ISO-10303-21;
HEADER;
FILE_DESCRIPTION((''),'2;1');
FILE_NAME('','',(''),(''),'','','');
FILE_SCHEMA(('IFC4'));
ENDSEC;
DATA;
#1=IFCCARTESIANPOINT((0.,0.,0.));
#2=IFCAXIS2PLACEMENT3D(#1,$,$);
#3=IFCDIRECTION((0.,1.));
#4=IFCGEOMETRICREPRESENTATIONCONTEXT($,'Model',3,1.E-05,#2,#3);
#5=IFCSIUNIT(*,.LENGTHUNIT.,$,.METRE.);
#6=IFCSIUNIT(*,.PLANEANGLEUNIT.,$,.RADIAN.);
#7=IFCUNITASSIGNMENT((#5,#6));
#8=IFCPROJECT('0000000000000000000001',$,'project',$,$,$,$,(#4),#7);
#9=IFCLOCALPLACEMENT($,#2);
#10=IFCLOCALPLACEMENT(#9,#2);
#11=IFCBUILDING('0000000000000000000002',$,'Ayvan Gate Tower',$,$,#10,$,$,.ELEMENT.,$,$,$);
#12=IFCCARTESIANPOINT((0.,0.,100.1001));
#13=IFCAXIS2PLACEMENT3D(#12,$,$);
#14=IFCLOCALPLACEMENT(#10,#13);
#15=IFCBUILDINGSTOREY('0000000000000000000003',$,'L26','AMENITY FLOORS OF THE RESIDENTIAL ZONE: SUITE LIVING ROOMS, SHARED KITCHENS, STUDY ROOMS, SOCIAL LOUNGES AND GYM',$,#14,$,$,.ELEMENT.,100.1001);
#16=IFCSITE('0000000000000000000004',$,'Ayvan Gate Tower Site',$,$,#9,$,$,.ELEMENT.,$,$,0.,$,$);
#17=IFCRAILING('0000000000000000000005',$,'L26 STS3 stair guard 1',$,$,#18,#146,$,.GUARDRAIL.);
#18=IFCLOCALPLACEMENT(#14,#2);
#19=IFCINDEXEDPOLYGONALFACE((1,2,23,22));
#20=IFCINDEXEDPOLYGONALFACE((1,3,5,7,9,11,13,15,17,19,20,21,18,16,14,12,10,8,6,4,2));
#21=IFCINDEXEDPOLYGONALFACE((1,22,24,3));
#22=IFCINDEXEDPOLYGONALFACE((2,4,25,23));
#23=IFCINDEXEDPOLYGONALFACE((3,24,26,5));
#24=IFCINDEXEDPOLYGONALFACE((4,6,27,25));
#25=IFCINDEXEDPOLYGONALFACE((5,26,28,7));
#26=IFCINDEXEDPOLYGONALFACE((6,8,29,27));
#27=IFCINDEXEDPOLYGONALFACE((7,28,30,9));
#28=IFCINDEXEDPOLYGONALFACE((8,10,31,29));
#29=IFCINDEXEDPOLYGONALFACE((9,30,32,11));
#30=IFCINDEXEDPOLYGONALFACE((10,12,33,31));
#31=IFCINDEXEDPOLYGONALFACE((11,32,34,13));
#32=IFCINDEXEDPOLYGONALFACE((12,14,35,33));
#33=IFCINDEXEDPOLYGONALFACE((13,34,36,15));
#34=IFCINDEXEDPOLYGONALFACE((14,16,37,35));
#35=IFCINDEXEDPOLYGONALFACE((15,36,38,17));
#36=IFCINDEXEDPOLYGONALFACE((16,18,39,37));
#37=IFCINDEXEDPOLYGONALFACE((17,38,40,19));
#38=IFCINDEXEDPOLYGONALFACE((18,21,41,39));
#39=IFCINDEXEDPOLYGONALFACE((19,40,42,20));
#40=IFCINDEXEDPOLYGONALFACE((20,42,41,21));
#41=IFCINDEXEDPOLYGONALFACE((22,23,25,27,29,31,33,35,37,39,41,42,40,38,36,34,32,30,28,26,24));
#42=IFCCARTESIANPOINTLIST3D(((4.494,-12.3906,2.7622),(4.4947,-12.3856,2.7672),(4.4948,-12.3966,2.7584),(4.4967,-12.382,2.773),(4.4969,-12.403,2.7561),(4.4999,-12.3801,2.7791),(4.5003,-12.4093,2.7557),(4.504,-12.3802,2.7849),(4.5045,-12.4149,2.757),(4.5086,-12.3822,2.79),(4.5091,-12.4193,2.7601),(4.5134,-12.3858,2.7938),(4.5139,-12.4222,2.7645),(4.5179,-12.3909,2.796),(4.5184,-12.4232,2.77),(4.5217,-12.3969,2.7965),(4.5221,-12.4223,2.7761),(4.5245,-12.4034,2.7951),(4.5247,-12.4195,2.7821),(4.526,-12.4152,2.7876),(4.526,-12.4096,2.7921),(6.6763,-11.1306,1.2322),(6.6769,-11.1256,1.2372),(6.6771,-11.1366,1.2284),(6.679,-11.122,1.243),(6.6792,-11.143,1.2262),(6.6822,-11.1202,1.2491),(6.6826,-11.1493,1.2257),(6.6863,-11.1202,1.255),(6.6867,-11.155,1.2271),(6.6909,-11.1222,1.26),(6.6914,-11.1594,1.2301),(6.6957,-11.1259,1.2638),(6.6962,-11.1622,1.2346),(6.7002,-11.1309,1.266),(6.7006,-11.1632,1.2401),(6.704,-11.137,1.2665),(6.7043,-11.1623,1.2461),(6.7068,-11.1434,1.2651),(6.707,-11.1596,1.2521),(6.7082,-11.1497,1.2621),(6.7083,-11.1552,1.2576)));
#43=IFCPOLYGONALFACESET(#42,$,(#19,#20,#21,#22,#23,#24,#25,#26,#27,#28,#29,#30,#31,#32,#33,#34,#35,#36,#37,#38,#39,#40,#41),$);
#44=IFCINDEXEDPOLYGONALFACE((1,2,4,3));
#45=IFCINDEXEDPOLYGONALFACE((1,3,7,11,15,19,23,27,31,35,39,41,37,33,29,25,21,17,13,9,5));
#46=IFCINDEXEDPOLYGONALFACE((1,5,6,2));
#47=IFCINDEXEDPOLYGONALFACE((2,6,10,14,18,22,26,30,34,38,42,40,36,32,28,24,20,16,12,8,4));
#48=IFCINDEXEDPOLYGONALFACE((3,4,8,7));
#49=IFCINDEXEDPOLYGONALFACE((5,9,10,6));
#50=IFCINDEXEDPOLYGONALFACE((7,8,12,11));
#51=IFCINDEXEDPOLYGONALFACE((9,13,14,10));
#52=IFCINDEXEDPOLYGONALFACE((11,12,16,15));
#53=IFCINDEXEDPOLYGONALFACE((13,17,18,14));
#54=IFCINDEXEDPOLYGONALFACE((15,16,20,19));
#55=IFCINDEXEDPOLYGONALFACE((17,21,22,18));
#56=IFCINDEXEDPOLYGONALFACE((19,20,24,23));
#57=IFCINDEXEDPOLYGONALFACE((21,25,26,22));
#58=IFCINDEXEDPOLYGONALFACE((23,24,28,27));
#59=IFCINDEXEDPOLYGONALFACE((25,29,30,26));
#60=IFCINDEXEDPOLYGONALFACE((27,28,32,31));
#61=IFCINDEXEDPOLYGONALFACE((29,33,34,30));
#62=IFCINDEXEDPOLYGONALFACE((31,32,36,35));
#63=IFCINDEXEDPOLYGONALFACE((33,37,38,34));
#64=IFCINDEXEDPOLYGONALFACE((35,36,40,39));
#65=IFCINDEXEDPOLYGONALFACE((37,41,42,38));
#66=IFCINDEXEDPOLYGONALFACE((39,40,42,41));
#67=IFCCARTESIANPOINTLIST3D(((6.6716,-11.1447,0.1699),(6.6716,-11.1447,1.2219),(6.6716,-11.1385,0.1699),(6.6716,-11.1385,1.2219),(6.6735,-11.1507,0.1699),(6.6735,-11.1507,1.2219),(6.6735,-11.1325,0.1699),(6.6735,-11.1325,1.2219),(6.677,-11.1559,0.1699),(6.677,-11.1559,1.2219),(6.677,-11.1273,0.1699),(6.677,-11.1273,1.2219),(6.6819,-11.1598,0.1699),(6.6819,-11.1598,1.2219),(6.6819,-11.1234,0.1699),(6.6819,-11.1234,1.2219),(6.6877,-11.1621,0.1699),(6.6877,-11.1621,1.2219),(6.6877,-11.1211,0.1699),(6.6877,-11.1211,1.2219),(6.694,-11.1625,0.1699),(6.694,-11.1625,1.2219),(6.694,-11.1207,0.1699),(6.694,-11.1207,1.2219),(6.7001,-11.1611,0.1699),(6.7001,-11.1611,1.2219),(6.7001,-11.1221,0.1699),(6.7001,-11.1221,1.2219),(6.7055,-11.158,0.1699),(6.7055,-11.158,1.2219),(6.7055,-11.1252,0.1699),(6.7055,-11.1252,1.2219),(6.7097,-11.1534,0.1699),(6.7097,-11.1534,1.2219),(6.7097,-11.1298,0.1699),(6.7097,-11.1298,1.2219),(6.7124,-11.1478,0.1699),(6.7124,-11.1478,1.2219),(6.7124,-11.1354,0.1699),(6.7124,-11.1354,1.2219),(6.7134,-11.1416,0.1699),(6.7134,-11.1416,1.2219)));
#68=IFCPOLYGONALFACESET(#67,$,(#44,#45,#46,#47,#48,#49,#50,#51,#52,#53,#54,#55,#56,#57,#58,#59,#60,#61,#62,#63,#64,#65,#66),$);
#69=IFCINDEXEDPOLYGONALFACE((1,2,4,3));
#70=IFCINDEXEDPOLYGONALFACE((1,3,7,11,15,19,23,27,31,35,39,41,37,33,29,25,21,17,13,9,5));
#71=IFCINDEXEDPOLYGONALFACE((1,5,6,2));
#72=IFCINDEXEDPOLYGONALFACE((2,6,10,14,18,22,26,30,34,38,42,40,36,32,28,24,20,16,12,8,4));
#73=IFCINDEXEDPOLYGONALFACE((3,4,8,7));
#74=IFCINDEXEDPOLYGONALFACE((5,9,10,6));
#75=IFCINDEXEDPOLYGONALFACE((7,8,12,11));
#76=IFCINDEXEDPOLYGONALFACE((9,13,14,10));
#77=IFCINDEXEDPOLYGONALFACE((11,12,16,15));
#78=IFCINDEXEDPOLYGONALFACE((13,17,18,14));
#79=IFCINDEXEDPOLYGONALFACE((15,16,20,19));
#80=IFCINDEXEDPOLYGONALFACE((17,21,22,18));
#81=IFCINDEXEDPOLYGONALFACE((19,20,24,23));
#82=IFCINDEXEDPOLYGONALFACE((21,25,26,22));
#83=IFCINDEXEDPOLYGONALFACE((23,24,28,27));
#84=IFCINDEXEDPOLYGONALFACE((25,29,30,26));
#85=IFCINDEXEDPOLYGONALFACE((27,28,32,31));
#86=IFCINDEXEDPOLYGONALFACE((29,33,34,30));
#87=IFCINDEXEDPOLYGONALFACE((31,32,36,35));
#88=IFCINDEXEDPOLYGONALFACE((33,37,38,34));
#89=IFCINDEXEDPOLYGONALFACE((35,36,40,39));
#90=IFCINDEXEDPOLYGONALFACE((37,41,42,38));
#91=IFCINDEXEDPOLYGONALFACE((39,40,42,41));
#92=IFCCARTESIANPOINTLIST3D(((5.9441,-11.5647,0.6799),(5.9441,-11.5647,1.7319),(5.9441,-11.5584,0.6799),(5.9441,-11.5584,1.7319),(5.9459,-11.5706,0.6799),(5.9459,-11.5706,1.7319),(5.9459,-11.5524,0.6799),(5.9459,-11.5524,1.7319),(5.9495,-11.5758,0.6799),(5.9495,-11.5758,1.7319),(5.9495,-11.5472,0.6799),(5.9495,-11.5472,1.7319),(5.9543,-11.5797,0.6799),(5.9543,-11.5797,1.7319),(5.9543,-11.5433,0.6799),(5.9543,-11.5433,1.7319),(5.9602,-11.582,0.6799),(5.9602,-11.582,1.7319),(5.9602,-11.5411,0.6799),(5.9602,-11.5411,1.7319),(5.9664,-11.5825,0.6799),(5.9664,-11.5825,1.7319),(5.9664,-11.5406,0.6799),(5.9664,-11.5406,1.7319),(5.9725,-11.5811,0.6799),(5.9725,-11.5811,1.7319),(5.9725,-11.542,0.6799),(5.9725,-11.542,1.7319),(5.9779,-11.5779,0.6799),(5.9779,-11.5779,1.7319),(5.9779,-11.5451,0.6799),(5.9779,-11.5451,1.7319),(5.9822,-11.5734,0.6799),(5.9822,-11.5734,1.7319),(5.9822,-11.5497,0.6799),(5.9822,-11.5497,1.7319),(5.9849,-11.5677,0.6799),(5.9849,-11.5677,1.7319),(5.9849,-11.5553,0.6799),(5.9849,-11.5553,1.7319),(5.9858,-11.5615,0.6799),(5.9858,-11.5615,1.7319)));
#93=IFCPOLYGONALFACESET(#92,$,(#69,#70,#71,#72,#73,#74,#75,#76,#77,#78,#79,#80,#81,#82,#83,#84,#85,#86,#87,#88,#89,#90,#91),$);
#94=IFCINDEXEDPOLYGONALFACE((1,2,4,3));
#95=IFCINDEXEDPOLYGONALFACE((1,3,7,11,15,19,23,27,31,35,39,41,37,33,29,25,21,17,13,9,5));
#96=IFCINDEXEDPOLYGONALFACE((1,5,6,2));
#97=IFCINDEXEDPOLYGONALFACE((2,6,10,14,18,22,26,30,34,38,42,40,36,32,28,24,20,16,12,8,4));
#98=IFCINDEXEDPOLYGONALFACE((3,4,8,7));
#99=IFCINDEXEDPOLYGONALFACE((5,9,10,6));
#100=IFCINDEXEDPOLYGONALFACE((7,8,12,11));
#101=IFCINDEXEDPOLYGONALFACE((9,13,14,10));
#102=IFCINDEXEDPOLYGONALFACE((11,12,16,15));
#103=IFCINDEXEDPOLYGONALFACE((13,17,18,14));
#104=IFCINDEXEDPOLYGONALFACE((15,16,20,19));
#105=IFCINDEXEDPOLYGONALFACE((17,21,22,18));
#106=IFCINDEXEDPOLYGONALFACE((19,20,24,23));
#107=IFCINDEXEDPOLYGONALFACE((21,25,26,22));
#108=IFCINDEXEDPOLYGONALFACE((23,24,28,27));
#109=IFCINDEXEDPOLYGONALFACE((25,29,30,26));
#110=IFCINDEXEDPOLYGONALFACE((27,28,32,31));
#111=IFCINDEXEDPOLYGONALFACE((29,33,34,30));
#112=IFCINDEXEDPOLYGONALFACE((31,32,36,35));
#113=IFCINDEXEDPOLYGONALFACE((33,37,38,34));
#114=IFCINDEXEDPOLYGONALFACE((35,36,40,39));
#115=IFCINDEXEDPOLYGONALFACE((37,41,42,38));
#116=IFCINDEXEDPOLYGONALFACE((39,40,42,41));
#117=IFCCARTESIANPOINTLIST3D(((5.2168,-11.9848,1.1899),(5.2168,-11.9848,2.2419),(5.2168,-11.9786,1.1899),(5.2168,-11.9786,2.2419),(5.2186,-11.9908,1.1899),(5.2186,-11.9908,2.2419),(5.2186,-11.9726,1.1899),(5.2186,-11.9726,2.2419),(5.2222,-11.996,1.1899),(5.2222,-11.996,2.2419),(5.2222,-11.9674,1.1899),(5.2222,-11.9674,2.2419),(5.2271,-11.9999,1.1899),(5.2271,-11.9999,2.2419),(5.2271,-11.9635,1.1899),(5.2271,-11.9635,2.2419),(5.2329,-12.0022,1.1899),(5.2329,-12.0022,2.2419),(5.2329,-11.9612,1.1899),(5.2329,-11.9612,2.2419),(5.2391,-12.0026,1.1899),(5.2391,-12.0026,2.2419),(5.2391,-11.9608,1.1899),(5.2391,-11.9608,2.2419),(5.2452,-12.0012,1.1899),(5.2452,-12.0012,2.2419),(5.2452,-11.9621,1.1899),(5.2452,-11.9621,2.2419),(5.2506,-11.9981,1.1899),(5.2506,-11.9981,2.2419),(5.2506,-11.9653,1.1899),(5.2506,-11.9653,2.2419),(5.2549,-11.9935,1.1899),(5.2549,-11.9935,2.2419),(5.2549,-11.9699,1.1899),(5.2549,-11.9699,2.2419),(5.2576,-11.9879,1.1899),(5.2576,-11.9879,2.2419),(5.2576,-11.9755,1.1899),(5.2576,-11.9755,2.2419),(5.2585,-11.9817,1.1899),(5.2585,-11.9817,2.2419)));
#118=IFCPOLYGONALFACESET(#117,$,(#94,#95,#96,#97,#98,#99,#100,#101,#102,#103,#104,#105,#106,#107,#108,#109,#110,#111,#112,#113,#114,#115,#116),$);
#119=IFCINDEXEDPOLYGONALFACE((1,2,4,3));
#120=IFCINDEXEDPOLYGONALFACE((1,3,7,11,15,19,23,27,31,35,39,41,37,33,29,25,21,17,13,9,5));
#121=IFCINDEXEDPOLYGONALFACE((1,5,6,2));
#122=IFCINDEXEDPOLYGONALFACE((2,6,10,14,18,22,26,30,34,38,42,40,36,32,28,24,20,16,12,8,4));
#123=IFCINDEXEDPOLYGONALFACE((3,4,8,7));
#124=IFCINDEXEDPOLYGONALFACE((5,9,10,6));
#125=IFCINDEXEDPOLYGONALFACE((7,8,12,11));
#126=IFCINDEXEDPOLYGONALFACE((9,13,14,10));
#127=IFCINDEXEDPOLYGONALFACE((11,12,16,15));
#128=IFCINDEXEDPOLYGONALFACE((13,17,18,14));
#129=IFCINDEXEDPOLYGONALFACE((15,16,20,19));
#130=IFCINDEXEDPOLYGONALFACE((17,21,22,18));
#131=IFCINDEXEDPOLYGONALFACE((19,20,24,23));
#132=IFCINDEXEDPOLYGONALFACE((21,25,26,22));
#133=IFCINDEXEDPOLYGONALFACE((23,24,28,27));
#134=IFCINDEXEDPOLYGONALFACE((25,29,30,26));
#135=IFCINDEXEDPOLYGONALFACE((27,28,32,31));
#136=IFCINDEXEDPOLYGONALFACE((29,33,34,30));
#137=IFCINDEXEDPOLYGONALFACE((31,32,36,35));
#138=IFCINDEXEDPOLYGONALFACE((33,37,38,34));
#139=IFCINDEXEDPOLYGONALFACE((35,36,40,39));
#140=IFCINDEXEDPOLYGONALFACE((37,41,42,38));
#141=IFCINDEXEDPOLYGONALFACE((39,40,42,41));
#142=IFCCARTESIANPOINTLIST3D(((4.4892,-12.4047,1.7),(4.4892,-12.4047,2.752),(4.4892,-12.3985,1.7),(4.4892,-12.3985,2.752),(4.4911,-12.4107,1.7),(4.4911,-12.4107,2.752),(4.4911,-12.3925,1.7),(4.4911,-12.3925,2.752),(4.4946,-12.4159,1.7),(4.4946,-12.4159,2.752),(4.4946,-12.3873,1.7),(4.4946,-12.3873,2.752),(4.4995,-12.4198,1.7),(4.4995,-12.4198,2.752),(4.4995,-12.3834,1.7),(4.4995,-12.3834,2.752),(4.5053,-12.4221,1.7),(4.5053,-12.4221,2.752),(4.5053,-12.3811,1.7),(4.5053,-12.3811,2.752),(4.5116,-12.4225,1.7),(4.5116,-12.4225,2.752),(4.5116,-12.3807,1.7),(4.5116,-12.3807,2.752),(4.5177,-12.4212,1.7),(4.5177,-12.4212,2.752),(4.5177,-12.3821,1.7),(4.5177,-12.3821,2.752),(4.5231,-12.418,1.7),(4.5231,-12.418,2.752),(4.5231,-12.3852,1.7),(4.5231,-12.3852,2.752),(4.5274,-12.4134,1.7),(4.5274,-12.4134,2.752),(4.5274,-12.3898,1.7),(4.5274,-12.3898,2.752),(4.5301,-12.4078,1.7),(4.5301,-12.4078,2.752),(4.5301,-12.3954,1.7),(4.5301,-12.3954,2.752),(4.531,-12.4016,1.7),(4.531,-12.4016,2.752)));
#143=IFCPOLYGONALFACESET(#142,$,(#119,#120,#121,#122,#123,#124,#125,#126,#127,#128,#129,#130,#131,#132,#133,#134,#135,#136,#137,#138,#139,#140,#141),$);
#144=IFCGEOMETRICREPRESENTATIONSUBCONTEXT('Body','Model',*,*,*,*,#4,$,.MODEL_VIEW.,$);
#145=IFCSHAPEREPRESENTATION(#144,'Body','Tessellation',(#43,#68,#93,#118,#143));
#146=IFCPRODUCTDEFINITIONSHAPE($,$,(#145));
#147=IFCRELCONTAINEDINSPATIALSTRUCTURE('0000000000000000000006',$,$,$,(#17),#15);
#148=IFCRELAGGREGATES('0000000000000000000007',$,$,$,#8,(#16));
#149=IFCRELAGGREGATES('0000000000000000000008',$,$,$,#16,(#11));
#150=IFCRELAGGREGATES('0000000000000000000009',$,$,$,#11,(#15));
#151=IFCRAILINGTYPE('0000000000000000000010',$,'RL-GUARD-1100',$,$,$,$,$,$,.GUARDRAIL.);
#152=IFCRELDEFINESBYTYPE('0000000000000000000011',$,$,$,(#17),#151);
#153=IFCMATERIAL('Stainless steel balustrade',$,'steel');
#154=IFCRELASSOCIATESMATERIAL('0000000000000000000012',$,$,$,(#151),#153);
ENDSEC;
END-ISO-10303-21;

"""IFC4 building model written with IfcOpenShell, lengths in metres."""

from ifc_helpers import new_model, si_unit, direction, frame, origin, origin_2d, place, context, subcontext, project, spatial, circle, extrude, material, type_object, element, save


model = new_model("IFC4")

# Units and contexts
model_context = context("Model", 3, precision=1e-05, world=origin(), true_north=direction((0.0, 1.0)))
body_context = subcontext(model_context, "Body", "Model", "MODEL_VIEW")
ifc_project = project(units=[si_unit("LENGTHUNIT", "METRE"), si_unit("PLANEANGLEUNIT", "RADIAN")], contexts=[model_context])

# Site, building, storey
site_placement = place(None, origin())
site = spatial("IfcSite", under=ifc_project, at=site_placement, Name="Ayvan Gate Tower Site", CompositionType="ELEMENT", RefElevation=0.0)
building_placement = place(site_placement, origin())
building = spatial("IfcBuilding", under=site, at=building_placement, Name="Ayvan Gate Tower", CompositionType="ELEMENT")
storey_placement = place(building_placement, frame((0.0, 0.0, 100.1001)))
storey = spatial("IfcBuildingStorey", under=building, at=storey_placement, Name="L26", Description="AMENITY FLOORS OF THE RESIDENTIAL ZONE: SUITE LIVING ROOMS, SHARED KITCHENS, STUDY ROOMS, SOCIAL LOUNGES AND GYM", CompositionType="ELEMENT", Elevation=100.1001)

# Railing
ifc_material_1 = material(Name="Stainless steel balustrade", Category="steel")
railing_type_1 = type_object("IfcRailingType", Name="RL-GUARD-1100", PredefinedType="GUARDRAIL", material=ifc_material_1)
railing_1_placement = place(storey_placement, frame((6.6924, -11.1416, 0.1699)))
element("IfcRailing", 1, at=railing_1_placement, inside=storey, type_object=railing_type_1, Name="L26 STS3 stair guard 1", PredefinedType="GUARDRAIL", context=body_context, shape_type="SweptSolid", body=[
    extrude(circle(Radius=0.0239, at=origin_2d()), frame((0.0, 0.0, 1.0762), z_axis=(-0.740261, -0.427395, 0.518986), x_axis=(0.500005, -0.866023, 0.0)), (0.0, 0.0, 1.0), 2.948),
    extrude(circle(Radius=0.021, at=origin_2d()), origin(), (0.0, 0.0, 1.0), 1.052),
    extrude(circle(Radius=0.021, at=origin_2d()), frame((-0.7275, -0.4199, 0.51)), (0.0, 0.0, 1.0), 1.052),
    extrude(circle(Radius=0.021, at=origin_2d()), frame((-1.4548, -0.8401, 1.02)), (0.0, 0.0, 1.0), 1.052),
    extrude(circle(Radius=0.021, at=origin_2d()), frame((-2.1824, -1.26, 1.53)), (0.0, 0.0, 1.0), 1.052),
])

save(model, "model.ifc")
